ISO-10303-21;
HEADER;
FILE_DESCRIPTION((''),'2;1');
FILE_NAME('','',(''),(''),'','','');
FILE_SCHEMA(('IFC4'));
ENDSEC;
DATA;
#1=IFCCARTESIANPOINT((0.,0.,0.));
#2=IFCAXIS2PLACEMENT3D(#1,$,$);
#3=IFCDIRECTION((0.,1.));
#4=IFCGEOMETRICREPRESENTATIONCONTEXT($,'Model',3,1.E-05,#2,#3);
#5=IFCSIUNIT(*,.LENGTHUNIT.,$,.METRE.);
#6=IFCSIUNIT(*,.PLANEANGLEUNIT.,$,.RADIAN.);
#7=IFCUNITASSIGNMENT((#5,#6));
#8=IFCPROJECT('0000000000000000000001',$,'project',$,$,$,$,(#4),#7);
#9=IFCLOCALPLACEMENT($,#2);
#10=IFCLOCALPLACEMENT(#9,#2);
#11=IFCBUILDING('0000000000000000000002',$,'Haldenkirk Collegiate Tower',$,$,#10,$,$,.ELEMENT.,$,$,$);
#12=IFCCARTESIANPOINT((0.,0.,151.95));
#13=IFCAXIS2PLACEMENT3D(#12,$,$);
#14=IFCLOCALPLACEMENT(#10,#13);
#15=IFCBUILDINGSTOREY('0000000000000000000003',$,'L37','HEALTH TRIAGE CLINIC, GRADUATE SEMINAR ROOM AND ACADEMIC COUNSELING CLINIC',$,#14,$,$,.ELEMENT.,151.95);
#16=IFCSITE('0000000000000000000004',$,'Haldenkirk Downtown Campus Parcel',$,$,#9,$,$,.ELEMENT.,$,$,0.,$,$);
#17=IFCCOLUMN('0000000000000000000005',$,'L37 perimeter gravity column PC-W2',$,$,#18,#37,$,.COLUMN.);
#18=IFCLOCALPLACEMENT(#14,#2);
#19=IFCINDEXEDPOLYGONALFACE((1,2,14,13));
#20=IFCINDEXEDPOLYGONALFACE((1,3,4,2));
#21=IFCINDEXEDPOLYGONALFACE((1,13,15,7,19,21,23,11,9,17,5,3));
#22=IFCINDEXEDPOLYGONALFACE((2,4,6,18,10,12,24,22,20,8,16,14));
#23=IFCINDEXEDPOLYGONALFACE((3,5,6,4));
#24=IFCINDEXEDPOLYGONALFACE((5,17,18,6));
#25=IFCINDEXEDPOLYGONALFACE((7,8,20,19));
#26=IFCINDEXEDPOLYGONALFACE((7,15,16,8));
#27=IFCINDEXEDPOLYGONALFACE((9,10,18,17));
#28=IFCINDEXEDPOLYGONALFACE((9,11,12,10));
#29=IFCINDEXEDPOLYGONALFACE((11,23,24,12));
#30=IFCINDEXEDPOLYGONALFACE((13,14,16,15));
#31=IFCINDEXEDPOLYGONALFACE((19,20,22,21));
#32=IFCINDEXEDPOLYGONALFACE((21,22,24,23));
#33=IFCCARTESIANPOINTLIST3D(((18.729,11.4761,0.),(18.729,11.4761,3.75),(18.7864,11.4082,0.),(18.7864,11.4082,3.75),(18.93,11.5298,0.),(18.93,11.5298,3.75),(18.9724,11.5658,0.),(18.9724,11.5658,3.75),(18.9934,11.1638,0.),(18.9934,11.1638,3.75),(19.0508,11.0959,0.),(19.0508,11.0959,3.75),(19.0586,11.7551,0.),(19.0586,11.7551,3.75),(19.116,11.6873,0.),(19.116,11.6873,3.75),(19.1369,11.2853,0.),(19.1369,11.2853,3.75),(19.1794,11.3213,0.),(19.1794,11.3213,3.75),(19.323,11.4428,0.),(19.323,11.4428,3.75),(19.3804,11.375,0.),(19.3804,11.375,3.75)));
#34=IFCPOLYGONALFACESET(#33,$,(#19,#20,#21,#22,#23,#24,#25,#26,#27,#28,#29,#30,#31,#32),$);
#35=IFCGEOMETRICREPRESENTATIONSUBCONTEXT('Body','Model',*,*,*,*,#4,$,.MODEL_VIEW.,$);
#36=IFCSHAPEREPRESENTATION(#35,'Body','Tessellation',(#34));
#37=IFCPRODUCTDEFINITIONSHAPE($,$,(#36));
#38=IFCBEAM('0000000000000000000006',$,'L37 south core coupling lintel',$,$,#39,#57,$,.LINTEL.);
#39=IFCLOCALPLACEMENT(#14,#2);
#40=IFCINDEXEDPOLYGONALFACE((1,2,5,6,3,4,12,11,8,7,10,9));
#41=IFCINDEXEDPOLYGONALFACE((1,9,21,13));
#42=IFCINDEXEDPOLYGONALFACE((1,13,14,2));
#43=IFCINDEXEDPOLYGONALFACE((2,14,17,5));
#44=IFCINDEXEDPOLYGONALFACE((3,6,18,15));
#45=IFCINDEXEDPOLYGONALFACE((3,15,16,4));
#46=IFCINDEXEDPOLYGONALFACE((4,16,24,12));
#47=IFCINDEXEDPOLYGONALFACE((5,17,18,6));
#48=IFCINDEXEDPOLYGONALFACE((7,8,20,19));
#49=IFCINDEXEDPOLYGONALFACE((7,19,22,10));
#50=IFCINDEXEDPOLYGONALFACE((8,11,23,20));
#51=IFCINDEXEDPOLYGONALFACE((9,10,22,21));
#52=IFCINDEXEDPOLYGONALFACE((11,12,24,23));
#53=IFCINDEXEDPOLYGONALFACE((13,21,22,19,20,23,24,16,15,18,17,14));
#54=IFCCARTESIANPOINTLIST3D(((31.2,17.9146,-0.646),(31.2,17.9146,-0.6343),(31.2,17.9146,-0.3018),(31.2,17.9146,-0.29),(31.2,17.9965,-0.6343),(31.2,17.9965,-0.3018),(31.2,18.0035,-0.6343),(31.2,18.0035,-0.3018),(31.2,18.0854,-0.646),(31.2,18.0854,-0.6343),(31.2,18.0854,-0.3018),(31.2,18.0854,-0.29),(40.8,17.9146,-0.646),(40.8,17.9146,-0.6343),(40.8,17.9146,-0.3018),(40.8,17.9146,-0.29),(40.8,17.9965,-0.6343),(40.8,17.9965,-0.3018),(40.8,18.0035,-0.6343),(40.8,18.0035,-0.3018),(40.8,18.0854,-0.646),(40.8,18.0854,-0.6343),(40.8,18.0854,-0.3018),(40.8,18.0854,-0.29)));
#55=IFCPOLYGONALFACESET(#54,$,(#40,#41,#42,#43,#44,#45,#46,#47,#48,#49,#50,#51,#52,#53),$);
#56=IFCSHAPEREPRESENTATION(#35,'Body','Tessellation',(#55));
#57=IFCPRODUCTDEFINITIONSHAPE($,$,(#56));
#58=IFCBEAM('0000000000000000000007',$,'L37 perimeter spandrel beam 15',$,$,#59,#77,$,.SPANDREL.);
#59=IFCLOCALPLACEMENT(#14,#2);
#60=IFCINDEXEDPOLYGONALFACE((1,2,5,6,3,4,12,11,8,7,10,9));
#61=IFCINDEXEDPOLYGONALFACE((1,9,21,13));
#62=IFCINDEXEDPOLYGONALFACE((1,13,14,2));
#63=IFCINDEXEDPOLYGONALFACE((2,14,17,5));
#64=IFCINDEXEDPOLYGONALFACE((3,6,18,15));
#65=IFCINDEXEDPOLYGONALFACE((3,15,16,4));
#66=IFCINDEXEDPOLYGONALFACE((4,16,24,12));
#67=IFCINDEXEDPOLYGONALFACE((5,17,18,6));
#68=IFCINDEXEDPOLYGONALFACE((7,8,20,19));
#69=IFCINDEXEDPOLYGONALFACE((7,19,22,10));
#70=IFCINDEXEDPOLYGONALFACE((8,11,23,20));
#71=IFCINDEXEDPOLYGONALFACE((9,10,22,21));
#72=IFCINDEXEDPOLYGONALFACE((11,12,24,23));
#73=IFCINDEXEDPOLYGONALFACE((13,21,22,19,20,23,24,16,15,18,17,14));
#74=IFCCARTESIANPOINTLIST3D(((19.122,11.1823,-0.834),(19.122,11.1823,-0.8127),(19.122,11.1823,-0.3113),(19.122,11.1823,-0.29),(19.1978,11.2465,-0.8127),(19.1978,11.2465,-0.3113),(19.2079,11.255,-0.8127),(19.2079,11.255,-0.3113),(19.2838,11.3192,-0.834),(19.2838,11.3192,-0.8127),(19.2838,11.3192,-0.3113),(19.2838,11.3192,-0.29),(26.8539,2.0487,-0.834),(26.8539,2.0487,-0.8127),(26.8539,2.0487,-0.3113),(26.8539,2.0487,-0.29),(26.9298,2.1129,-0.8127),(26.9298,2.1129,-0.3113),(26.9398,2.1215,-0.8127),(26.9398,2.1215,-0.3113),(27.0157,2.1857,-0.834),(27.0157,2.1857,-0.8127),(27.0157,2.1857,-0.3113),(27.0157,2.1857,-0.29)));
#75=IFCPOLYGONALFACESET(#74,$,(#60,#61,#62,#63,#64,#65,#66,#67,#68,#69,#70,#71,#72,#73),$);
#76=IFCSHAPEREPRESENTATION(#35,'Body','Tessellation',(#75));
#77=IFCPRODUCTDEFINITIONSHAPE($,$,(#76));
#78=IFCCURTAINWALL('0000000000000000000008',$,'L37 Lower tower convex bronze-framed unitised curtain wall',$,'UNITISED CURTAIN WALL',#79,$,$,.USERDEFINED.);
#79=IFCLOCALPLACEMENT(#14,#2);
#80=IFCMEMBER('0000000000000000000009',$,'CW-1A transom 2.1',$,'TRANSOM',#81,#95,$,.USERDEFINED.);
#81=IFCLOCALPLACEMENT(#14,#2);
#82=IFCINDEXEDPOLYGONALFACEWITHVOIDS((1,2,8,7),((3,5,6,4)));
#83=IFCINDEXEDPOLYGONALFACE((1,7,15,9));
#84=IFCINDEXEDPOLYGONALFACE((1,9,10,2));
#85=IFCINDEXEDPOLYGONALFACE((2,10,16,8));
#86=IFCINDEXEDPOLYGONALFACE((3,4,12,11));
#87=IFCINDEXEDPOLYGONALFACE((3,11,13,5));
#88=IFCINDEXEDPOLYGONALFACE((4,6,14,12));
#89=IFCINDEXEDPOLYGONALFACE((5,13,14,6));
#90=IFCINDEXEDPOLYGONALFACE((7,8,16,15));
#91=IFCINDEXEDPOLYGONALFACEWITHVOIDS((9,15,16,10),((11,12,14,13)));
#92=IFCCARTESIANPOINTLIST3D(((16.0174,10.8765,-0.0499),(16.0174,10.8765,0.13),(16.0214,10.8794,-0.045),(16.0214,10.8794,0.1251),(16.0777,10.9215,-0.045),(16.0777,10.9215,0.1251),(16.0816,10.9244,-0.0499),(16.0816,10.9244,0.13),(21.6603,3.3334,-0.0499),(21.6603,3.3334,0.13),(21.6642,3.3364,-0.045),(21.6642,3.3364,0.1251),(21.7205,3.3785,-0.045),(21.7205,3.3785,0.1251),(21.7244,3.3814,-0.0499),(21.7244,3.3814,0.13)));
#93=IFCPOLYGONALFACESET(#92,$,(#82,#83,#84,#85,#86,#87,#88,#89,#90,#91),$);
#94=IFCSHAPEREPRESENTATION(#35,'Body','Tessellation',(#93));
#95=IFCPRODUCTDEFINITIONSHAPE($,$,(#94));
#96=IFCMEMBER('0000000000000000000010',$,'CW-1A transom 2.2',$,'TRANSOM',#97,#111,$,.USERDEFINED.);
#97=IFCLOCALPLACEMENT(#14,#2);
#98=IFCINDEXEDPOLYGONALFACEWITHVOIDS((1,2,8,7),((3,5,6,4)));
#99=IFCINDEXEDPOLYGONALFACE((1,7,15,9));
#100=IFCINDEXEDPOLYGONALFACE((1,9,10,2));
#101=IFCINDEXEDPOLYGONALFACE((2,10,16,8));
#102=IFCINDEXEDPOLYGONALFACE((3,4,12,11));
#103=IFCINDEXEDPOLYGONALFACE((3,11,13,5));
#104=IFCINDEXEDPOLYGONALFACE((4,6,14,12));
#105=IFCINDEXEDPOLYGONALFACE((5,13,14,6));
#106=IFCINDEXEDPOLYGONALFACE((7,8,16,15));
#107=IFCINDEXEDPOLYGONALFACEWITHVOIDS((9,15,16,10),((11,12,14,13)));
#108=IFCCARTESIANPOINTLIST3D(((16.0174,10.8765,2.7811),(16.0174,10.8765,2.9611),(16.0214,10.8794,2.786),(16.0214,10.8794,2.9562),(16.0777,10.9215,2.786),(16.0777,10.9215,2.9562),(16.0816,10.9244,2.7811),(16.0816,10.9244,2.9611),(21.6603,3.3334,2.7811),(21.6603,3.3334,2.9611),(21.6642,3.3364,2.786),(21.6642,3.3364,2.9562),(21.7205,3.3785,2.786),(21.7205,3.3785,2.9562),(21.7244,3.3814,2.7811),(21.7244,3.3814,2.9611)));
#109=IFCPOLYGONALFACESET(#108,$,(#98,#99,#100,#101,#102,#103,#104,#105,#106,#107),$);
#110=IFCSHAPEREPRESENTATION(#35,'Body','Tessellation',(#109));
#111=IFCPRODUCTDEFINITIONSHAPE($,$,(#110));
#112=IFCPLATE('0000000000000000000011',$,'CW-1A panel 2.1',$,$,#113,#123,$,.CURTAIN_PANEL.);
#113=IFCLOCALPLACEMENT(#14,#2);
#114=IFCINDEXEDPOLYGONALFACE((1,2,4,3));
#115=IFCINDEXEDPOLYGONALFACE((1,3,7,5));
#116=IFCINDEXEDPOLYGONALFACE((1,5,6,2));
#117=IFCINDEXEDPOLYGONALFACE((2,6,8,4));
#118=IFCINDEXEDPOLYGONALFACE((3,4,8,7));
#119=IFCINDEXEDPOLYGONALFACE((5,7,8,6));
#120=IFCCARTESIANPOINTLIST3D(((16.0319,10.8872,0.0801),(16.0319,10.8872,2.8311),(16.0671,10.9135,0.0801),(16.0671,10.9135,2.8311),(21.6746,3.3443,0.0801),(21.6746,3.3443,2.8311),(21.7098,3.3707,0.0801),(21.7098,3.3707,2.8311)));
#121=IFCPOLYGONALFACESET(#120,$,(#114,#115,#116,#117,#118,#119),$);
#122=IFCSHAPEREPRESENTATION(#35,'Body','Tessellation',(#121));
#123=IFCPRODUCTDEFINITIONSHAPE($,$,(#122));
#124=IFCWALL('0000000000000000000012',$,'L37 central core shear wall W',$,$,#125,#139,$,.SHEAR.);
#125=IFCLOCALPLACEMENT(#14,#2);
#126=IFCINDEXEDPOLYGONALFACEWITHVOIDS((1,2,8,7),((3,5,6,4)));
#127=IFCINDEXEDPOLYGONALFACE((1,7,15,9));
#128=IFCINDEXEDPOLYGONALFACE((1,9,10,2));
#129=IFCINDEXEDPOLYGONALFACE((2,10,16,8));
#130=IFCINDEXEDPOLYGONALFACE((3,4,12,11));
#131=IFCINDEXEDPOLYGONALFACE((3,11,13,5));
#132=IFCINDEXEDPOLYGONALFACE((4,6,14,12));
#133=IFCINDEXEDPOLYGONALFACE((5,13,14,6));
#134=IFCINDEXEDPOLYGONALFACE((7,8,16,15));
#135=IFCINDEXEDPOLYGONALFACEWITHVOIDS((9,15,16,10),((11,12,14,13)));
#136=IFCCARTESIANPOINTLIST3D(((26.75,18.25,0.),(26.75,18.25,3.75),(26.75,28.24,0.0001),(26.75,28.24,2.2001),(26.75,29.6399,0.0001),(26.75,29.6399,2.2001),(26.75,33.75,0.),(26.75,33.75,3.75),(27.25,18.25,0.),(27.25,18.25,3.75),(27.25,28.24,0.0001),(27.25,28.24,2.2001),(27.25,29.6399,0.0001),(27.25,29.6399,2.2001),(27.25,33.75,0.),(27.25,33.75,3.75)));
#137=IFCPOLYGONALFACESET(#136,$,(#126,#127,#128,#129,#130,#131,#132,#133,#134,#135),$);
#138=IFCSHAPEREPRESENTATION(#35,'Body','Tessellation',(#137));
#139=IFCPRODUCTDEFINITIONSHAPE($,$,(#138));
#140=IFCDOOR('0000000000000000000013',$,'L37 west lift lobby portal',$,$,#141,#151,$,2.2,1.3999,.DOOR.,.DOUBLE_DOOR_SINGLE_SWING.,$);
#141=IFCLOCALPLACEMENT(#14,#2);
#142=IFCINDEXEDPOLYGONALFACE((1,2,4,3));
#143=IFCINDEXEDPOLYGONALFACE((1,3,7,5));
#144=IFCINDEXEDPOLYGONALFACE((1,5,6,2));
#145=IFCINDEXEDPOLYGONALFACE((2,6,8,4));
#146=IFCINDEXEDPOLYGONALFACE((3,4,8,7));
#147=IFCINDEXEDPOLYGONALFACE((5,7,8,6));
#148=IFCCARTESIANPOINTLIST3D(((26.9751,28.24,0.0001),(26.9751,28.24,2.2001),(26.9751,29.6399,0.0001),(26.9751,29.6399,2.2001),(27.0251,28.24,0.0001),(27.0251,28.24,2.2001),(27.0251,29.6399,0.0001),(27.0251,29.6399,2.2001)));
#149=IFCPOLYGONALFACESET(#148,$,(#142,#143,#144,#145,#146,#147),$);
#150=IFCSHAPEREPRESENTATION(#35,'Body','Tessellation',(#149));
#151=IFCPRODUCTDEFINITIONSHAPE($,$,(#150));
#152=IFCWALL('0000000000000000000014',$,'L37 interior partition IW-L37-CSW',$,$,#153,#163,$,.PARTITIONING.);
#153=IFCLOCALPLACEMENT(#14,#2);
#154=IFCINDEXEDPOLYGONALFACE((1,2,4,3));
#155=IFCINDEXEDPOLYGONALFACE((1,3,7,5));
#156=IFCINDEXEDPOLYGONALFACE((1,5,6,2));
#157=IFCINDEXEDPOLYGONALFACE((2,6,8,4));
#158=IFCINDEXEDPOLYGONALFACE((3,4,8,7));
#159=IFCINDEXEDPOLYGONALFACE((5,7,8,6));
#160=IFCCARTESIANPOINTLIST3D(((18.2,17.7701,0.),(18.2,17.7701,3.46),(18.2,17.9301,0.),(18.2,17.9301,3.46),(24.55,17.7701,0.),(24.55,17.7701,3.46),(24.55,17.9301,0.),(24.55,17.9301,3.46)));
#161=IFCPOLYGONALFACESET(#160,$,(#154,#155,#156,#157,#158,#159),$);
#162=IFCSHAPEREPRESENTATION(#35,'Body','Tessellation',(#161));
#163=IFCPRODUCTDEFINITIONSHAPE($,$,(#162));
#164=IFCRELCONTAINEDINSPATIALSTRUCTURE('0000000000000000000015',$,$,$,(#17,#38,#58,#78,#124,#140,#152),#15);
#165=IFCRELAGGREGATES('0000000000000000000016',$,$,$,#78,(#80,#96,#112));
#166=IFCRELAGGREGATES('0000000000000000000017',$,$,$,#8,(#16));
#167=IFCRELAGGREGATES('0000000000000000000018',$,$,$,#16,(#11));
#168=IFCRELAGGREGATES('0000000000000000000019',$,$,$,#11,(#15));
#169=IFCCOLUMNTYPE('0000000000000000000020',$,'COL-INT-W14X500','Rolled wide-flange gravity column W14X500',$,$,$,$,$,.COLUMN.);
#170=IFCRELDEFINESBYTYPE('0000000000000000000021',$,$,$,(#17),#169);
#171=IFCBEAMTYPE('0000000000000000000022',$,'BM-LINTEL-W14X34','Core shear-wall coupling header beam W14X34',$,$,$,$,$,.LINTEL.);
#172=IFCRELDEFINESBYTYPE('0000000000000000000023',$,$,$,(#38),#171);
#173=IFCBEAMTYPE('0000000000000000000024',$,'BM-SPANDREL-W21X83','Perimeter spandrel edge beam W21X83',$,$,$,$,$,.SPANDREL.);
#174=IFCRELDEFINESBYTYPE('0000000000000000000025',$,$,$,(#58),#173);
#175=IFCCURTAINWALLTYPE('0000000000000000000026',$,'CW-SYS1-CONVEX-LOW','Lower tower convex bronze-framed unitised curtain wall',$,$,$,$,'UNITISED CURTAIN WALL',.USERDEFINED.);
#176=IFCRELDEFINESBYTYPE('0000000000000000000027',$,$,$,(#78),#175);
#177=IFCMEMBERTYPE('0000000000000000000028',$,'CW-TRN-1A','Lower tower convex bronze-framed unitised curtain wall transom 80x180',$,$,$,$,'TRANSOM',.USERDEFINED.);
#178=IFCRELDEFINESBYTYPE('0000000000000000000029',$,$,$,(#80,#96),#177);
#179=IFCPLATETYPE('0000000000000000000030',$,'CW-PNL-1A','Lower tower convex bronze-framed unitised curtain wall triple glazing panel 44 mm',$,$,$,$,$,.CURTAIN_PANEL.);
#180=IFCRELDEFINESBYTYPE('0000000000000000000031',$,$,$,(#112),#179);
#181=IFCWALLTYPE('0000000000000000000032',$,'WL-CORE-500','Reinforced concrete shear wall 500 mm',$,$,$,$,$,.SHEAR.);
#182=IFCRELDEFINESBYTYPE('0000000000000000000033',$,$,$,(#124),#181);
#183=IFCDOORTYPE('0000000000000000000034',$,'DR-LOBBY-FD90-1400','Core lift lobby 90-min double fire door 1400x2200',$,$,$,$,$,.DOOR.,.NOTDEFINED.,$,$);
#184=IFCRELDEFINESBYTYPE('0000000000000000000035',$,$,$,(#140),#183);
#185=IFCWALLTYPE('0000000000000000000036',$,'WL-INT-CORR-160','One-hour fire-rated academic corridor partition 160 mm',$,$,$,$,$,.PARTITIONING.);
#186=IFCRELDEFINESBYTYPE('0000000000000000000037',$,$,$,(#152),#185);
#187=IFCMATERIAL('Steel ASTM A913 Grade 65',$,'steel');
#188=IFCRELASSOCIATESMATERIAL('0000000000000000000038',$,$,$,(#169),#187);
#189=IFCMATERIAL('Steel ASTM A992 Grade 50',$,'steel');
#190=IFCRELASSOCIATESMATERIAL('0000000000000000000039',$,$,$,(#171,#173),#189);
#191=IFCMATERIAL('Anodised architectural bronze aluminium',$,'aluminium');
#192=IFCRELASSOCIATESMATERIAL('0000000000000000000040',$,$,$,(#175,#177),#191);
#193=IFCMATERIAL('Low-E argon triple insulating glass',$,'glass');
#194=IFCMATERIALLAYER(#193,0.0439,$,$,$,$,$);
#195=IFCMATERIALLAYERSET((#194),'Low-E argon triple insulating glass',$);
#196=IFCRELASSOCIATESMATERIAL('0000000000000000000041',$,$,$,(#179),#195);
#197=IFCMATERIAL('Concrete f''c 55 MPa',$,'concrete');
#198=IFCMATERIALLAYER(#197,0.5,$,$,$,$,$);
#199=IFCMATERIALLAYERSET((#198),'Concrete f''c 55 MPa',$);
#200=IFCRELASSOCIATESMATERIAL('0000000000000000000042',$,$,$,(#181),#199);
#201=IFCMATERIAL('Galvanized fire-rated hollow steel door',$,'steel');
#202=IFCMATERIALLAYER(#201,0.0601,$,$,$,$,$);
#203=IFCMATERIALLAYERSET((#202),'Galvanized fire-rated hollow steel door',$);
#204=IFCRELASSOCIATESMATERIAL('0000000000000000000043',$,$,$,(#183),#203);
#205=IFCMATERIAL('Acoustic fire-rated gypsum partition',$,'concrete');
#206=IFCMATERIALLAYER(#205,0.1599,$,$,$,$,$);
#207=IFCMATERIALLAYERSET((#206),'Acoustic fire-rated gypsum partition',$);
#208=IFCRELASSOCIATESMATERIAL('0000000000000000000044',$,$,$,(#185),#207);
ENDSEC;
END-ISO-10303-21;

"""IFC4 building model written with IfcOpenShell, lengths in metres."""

from ifc_helpers import new_model, si_unit, direction, frame, frame_2d, origin, origin_2d, place, context, subcontext, project, spatial, rectangle, hollow_rectangle, i_section, extrude, source, transform, mapped, material, layer, layer_set, material_profile, profile_set, type_object, element, fill, aggregate, save


model = new_model("IFC4")

# Units and contexts
model_context = context("Model", 3, precision=1e-05, world=origin(), true_north=direction((0.0, 1.0)))
body_context = subcontext(model_context, "Body", "Model", "MODEL_VIEW")
ifc_project = project(units=[si_unit("LENGTHUNIT", "METRE"), si_unit("PLANEANGLEUNIT", "RADIAN")], contexts=[model_context])

# Site, building, storey
site_placement = place(None, origin())
site = spatial("IfcSite", under=ifc_project, at=site_placement, Name="Haldenkirk Downtown Campus Parcel", CompositionType="ELEMENT", RefElevation=0.0)
building_placement = place(site_placement, origin())
building = spatial("IfcBuilding", under=site, at=building_placement, Name="Haldenkirk Collegiate Tower", CompositionType="ELEMENT")
storey_placement = place(building_placement, frame((0.0, 0.0, 151.95)))
storey = spatial("IfcBuildingStorey", under=building, at=storey_placement, Name="L37", Description="HEALTH TRIAGE CLINIC, GRADUATE SEMINAR ROOM AND ACADEMIC COUNSELING CLINIC", CompositionType="ELEMENT", Elevation=151.95)

# Column
ifc_material_1 = material(Name="Steel ASTM A913 Grade 65", Category="steel")
ifc_material_profile_1 = material_profile(ifc_material_1, i_section(OverallWidth=0.4319, OverallDepth=0.498, WebThickness=0.0557, FlangeThickness=0.0889, at=origin_2d()), Name="W14X500")
ifc_profile_set_1 = profile_set([ifc_material_profile_1], Name="Steel ASTM A913 Grade 65")
column_type = type_object("IfcColumnType", Name="COL-INT-W14X500", Description="Rolled wide-flange gravity column W14X500", PredefinedType="COLUMN", material=ifc_profile_set_1)
column_placement = place(storey_placement, frame((19.0547, 11.4255, 0.0), z_axis=(0.0, 0.0, 1.0), x_axis=(0.763232, 0.646124, 0.0)))
element("IfcColumn", 1, at=column_placement, inside=storey, type_object=column_type, Name="L37 perimeter gravity column PC-W2", PredefinedType="COLUMN", context=body_context, shape_type="SweptSolid", body=[
    extrude(i_section(OverallWidth=0.4319, OverallDepth=0.498, WebThickness=0.0557, FlangeThickness=0.0889, at=origin_2d()), origin(), (0.0, 0.0, 1.0), 3.75),
])

# Beams
ifc_material_2 = material(Name="Steel ASTM A992 Grade 50", Category="steel")
ifc_material_profile_2 = material_profile(ifc_material_2, i_section(OverallWidth=0.1709, OverallDepth=0.356, WebThickness=0.0071, FlangeThickness=0.0117, at=origin_2d()), Name="W14X34")
ifc_profile_set_2 = profile_set([ifc_material_profile_2], Name="Steel ASTM A992 Grade 50")
beam_type_1 = type_object("IfcBeamType", Name="BM-LINTEL-W14X34", Description="Core shear-wall coupling header beam W14X34", PredefinedType="LINTEL", material=ifc_profile_set_2)
beam_1_placement = place(storey_placement, frame((31.2, 18.0, -0.468), z_axis=(1.0, 0.0, 0.0), x_axis=(0.0, 1.0, 0.0)))
element("IfcBeam", 2, at=beam_1_placement, inside=storey, type_object=beam_type_1, Name="L37 south core coupling lintel", PredefinedType="LINTEL", context=body_context, shape_type="SweptSolid", body=[
    extrude(i_section(OverallWidth=0.1709, OverallDepth=0.356, WebThickness=0.0071, FlangeThickness=0.0117, at=origin_2d()), origin(), (0.0, 0.0, 1.0), 9.6001),
])
ifc_material_profile_3 = material_profile(ifc_material_2, i_section(OverallWidth=0.2119, OverallDepth=0.5439, WebThickness=0.0132, FlangeThickness=0.0212, at=origin_2d()), Name="W21X83")
ifc_profile_set_3 = profile_set([ifc_material_profile_3], Name="Steel ASTM A992 Grade 50")
beam_type_2 = type_object("IfcBeamType", Name="BM-SPANDREL-W21X83", Description="Perimeter spandrel edge beam W21X83", PredefinedType="SPANDREL", material=ifc_profile_set_3)
beam_2_placement = place(storey_placement, frame((19.2029, 11.2507, -0.562), z_axis=(0.646115, -0.76324, 0.0), x_axis=(0.76324, 0.646115, 0.0)))
element("IfcBeam", 3, at=beam_2_placement, inside=storey, type_object=beam_type_2, Name="L37 perimeter spandrel beam 15", PredefinedType="SPANDREL", context=body_context, shape_type="SweptSolid", body=[
    extrude(i_section(OverallWidth=0.2119, OverallDepth=0.5439, WebThickness=0.0132, FlangeThickness=0.0212, at=origin_2d()), origin(), (0.0, 0.0, 1.0), 11.9668),
])

# Curtain wall, members, plate
ifc_material_3 = material(Name="Anodised architectural bronze aluminium", Category="aluminium")
curtain_wall_type = type_object("IfcCurtainWallType", Name="CW-SYS1-CONVEX-LOW", Description="Lower tower convex bronze-framed unitised curtain wall", ElementType="UNITISED CURTAIN WALL", PredefinedType="USERDEFINED", material=ifc_material_3)
curtain_wall_placement = place(storey_placement, origin())
curtain_wall = element("IfcCurtainWall", 4, at=curtain_wall_placement, inside=storey, type_object=curtain_wall_type, Name="L37 Lower tower convex bronze-framed unitised curtain wall", ObjectType="UNITISED CURTAIN WALL", PredefinedType="USERDEFINED")
ifc_material_profile_4 = material_profile(ifc_material_3, hollow_rectangle(XDim=0.0801, YDim=0.1799, WallThickness=0.0049, at=origin_2d()), Name="CW-TRN-1A")
ifc_profile_set_4 = profile_set([ifc_material_profile_4], Name="Anodised architectural bronze aluminium")
member_type = type_object("IfcMemberType", Name="CW-TRN-1A", Description="Lower tower convex bronze-framed unitised curtain wall transom 80x180", ElementType="TRANSOM", PredefinedType="USERDEFINED", material=ifc_profile_set_4)
member_1_placement = place(storey_placement, frame((21.6924, 3.3574, 0.04), z_axis=(-0.599021, 0.800733, 0.0), x_axis=(-0.800733, -0.599021, 0.0)))
member_1 = element("IfcMember", 5, at=member_1_placement, type_object=member_type, Name="CW-1A transom 2.1", ObjectType="TRANSOM", PredefinedType="USERDEFINED", context=body_context, shape_type="SweptSolid", body=[
    extrude(hollow_rectangle(XDim=0.0801, YDim=0.1799, WallThickness=0.0049, at=origin_2d()), origin(), (0.0, 0.0, 1.0), 9.4202),
])
member_2_placement = place(storey_placement, frame((21.6924, 3.3574, 2.8711), z_axis=(-0.599021, 0.800733, 0.0), x_axis=(-0.800733, -0.599021, 0.0)))
member_2 = element("IfcMember", 6, at=member_2_placement, type_object=member_type, Name="CW-1A transom 2.2", ObjectType="TRANSOM", PredefinedType="USERDEFINED", context=body_context, shape_type="SweptSolid", body=[
    extrude(hollow_rectangle(XDim=0.0801, YDim=0.1799, WallThickness=0.0049, at=origin_2d()), origin(), (0.0, 0.0, 1.0), 9.4202),
])
ifc_material_4 = material(Name="Low-E argon triple insulating glass", Category="glass")
ifc_layer_1 = layer(ifc_material_4, 0.0439)
ifc_layer_set_1 = layer_set([ifc_layer_1], Name="Low-E argon triple insulating glass")
plate_type = type_object("IfcPlateType", Name="CW-PNL-1A", Description="Lower tower convex bronze-framed unitised curtain wall triple glazing panel 44 mm", PredefinedType="CURTAIN_PANEL", material=ifc_layer_set_1)
shared_shape = source(origin(), body_context, "Body", "SweptSolid", [
    extrude(rectangle(XDim=9.4199, YDim=0.0439, at=origin_2d()), origin(), (0.0, 0.0, 1.0), 2.751),
])
plate_placement = place(storey_placement, frame((18.8708, 7.1289, 0.0801), z_axis=(0.0, 0.0, 1.0), x_axis=(-0.599025, 0.80073, 0.0)))
plate = element("IfcPlate", 7, at=plate_placement, type_object=plate_type, Name="CW-1A panel 2.1", PredefinedType="CURTAIN_PANEL", context=body_context, shape_type="MappedRepresentation", body=[
    mapped(shared_shape, transform((0.0, 0.0, 0.0), x_axis=(1.0, 0.0, 0.0), y_axis=(0.0, 1.0, 0.0), z_axis=(0.0, 0.0, 1.0), scale=1.0)),
])
aggregate(curtain_wall, [member_1, member_2, plate])

# Shared definitions
ifc_material_5 = material(Name="Concrete f'c 55 MPa", Category="concrete")
ifc_layer_2 = layer(ifc_material_5, 0.5)
ifc_layer_set_2 = layer_set([ifc_layer_2], Name="Concrete f'c 55 MPa")
wall_type_1 = type_object("IfcWallType", Name="WL-CORE-500", Description="Reinforced concrete shear wall 500 mm", PredefinedType="SHEAR", material=ifc_layer_set_2)
ifc_material_6 = material(Name="Galvanized fire-rated hollow steel door", Category="steel")

# Wall, opening, door
wall_1_placement = place(storey_placement, frame((27.0, 18.25, 0.0), z_axis=(0.0, 0.0, 1.0), x_axis=(0.0, 1.0, 0.0)))
wall_1 = element("IfcWall", 8, at=wall_1_placement, inside=storey, type_object=wall_type_1, Name="L37 central core shear wall W", PredefinedType="SHEAR", context=body_context, shape_type="SweptSolid", body=[
    extrude(rectangle(XDim=15.5, YDim=0.5, at=frame_2d((7.75, 0.0))), origin(), (0.0, 0.0, 1.0), 3.75),
])
opening_1_placement = place(wall_1_placement, frame((9.99, 0.0, 0.0)))
opening_1 = element("IfcOpeningElement", 9, at=opening_1_placement, cuts=wall_1, PredefinedType="OPENING", context=body_context, shape_type="SweptSolid", body=[
    extrude(rectangle(XDim=1.3999, YDim=2.2, at=frame_2d((0.7, 1.1001))), frame((0.0, 0.26, 0.0), z_axis=(0.0, -1.0, 0.0), x_axis=(1.0, 0.0, 0.0)), (0.0, 0.0, 1.0), 0.52),
])
ifc_layer_3 = layer(ifc_material_6, 0.0601)
ifc_layer_set_3 = layer_set([ifc_layer_3], Name="Galvanized fire-rated hollow steel door")
door_type_1 = type_object("IfcDoorType", Name="DR-LOBBY-FD90-1400", Description="Core lift lobby 90-min double fire door 1400x2200", OperationType="NOTDEFINED", PredefinedType="DOOR", material=ifc_layer_set_3)
door_1_placement = place(opening_1_placement, origin())
door_1 = element("IfcDoor", 10, at=door_1_placement, inside=storey, type_object=door_type_1, Name="L37 west lift lobby portal", OperationType="DOUBLE_DOOR_SINGLE_SWING", OverallHeight=2.2, OverallWidth=1.3999, PredefinedType="DOOR", context=body_context, shape_type="SweptSolid", body=[
    extrude(rectangle(XDim=1.3999, YDim=2.2, at=frame_2d((0.7, 1.1001))), frame((0.0, 0.0249, 0.0), z_axis=(0.0, -1.0, 0.0), x_axis=(1.0, 0.0, 0.0)), (0.0, 0.0, 1.0), 0.05),
])
fill(opening_1, door_1)

# Wall
ifc_material_7 = material(Name="Acoustic fire-rated gypsum partition", Category="concrete")
ifc_layer_4 = layer(ifc_material_7, 0.1599)
ifc_layer_set_4 = layer_set([ifc_layer_4], Name="Acoustic fire-rated gypsum partition")
wall_type_2 = type_object("IfcWallType", Name="WL-INT-CORR-160", Description="One-hour fire-rated academic corridor partition 160 mm", PredefinedType="PARTITIONING", material=ifc_layer_set_4)
wall_2_placement = place(storey_placement, frame((18.2, 17.8501, 0.0), z_axis=(0.0, 0.0, 1.0), x_axis=(1.0, 0.0, 0.0)))
element("IfcWall", 11, at=wall_2_placement, inside=storey, type_object=wall_type_2, Name="L37 interior partition IW-L37-CSW", PredefinedType="PARTITIONING", context=body_context, shape_type="SweptSolid", body=[
    extrude(rectangle(XDim=6.3501, YDim=0.1599, at=frame_2d((3.175, 0.0))), origin(), (0.0, 0.0, 1.0), 3.46),
])

save(model, "model.ifc")
